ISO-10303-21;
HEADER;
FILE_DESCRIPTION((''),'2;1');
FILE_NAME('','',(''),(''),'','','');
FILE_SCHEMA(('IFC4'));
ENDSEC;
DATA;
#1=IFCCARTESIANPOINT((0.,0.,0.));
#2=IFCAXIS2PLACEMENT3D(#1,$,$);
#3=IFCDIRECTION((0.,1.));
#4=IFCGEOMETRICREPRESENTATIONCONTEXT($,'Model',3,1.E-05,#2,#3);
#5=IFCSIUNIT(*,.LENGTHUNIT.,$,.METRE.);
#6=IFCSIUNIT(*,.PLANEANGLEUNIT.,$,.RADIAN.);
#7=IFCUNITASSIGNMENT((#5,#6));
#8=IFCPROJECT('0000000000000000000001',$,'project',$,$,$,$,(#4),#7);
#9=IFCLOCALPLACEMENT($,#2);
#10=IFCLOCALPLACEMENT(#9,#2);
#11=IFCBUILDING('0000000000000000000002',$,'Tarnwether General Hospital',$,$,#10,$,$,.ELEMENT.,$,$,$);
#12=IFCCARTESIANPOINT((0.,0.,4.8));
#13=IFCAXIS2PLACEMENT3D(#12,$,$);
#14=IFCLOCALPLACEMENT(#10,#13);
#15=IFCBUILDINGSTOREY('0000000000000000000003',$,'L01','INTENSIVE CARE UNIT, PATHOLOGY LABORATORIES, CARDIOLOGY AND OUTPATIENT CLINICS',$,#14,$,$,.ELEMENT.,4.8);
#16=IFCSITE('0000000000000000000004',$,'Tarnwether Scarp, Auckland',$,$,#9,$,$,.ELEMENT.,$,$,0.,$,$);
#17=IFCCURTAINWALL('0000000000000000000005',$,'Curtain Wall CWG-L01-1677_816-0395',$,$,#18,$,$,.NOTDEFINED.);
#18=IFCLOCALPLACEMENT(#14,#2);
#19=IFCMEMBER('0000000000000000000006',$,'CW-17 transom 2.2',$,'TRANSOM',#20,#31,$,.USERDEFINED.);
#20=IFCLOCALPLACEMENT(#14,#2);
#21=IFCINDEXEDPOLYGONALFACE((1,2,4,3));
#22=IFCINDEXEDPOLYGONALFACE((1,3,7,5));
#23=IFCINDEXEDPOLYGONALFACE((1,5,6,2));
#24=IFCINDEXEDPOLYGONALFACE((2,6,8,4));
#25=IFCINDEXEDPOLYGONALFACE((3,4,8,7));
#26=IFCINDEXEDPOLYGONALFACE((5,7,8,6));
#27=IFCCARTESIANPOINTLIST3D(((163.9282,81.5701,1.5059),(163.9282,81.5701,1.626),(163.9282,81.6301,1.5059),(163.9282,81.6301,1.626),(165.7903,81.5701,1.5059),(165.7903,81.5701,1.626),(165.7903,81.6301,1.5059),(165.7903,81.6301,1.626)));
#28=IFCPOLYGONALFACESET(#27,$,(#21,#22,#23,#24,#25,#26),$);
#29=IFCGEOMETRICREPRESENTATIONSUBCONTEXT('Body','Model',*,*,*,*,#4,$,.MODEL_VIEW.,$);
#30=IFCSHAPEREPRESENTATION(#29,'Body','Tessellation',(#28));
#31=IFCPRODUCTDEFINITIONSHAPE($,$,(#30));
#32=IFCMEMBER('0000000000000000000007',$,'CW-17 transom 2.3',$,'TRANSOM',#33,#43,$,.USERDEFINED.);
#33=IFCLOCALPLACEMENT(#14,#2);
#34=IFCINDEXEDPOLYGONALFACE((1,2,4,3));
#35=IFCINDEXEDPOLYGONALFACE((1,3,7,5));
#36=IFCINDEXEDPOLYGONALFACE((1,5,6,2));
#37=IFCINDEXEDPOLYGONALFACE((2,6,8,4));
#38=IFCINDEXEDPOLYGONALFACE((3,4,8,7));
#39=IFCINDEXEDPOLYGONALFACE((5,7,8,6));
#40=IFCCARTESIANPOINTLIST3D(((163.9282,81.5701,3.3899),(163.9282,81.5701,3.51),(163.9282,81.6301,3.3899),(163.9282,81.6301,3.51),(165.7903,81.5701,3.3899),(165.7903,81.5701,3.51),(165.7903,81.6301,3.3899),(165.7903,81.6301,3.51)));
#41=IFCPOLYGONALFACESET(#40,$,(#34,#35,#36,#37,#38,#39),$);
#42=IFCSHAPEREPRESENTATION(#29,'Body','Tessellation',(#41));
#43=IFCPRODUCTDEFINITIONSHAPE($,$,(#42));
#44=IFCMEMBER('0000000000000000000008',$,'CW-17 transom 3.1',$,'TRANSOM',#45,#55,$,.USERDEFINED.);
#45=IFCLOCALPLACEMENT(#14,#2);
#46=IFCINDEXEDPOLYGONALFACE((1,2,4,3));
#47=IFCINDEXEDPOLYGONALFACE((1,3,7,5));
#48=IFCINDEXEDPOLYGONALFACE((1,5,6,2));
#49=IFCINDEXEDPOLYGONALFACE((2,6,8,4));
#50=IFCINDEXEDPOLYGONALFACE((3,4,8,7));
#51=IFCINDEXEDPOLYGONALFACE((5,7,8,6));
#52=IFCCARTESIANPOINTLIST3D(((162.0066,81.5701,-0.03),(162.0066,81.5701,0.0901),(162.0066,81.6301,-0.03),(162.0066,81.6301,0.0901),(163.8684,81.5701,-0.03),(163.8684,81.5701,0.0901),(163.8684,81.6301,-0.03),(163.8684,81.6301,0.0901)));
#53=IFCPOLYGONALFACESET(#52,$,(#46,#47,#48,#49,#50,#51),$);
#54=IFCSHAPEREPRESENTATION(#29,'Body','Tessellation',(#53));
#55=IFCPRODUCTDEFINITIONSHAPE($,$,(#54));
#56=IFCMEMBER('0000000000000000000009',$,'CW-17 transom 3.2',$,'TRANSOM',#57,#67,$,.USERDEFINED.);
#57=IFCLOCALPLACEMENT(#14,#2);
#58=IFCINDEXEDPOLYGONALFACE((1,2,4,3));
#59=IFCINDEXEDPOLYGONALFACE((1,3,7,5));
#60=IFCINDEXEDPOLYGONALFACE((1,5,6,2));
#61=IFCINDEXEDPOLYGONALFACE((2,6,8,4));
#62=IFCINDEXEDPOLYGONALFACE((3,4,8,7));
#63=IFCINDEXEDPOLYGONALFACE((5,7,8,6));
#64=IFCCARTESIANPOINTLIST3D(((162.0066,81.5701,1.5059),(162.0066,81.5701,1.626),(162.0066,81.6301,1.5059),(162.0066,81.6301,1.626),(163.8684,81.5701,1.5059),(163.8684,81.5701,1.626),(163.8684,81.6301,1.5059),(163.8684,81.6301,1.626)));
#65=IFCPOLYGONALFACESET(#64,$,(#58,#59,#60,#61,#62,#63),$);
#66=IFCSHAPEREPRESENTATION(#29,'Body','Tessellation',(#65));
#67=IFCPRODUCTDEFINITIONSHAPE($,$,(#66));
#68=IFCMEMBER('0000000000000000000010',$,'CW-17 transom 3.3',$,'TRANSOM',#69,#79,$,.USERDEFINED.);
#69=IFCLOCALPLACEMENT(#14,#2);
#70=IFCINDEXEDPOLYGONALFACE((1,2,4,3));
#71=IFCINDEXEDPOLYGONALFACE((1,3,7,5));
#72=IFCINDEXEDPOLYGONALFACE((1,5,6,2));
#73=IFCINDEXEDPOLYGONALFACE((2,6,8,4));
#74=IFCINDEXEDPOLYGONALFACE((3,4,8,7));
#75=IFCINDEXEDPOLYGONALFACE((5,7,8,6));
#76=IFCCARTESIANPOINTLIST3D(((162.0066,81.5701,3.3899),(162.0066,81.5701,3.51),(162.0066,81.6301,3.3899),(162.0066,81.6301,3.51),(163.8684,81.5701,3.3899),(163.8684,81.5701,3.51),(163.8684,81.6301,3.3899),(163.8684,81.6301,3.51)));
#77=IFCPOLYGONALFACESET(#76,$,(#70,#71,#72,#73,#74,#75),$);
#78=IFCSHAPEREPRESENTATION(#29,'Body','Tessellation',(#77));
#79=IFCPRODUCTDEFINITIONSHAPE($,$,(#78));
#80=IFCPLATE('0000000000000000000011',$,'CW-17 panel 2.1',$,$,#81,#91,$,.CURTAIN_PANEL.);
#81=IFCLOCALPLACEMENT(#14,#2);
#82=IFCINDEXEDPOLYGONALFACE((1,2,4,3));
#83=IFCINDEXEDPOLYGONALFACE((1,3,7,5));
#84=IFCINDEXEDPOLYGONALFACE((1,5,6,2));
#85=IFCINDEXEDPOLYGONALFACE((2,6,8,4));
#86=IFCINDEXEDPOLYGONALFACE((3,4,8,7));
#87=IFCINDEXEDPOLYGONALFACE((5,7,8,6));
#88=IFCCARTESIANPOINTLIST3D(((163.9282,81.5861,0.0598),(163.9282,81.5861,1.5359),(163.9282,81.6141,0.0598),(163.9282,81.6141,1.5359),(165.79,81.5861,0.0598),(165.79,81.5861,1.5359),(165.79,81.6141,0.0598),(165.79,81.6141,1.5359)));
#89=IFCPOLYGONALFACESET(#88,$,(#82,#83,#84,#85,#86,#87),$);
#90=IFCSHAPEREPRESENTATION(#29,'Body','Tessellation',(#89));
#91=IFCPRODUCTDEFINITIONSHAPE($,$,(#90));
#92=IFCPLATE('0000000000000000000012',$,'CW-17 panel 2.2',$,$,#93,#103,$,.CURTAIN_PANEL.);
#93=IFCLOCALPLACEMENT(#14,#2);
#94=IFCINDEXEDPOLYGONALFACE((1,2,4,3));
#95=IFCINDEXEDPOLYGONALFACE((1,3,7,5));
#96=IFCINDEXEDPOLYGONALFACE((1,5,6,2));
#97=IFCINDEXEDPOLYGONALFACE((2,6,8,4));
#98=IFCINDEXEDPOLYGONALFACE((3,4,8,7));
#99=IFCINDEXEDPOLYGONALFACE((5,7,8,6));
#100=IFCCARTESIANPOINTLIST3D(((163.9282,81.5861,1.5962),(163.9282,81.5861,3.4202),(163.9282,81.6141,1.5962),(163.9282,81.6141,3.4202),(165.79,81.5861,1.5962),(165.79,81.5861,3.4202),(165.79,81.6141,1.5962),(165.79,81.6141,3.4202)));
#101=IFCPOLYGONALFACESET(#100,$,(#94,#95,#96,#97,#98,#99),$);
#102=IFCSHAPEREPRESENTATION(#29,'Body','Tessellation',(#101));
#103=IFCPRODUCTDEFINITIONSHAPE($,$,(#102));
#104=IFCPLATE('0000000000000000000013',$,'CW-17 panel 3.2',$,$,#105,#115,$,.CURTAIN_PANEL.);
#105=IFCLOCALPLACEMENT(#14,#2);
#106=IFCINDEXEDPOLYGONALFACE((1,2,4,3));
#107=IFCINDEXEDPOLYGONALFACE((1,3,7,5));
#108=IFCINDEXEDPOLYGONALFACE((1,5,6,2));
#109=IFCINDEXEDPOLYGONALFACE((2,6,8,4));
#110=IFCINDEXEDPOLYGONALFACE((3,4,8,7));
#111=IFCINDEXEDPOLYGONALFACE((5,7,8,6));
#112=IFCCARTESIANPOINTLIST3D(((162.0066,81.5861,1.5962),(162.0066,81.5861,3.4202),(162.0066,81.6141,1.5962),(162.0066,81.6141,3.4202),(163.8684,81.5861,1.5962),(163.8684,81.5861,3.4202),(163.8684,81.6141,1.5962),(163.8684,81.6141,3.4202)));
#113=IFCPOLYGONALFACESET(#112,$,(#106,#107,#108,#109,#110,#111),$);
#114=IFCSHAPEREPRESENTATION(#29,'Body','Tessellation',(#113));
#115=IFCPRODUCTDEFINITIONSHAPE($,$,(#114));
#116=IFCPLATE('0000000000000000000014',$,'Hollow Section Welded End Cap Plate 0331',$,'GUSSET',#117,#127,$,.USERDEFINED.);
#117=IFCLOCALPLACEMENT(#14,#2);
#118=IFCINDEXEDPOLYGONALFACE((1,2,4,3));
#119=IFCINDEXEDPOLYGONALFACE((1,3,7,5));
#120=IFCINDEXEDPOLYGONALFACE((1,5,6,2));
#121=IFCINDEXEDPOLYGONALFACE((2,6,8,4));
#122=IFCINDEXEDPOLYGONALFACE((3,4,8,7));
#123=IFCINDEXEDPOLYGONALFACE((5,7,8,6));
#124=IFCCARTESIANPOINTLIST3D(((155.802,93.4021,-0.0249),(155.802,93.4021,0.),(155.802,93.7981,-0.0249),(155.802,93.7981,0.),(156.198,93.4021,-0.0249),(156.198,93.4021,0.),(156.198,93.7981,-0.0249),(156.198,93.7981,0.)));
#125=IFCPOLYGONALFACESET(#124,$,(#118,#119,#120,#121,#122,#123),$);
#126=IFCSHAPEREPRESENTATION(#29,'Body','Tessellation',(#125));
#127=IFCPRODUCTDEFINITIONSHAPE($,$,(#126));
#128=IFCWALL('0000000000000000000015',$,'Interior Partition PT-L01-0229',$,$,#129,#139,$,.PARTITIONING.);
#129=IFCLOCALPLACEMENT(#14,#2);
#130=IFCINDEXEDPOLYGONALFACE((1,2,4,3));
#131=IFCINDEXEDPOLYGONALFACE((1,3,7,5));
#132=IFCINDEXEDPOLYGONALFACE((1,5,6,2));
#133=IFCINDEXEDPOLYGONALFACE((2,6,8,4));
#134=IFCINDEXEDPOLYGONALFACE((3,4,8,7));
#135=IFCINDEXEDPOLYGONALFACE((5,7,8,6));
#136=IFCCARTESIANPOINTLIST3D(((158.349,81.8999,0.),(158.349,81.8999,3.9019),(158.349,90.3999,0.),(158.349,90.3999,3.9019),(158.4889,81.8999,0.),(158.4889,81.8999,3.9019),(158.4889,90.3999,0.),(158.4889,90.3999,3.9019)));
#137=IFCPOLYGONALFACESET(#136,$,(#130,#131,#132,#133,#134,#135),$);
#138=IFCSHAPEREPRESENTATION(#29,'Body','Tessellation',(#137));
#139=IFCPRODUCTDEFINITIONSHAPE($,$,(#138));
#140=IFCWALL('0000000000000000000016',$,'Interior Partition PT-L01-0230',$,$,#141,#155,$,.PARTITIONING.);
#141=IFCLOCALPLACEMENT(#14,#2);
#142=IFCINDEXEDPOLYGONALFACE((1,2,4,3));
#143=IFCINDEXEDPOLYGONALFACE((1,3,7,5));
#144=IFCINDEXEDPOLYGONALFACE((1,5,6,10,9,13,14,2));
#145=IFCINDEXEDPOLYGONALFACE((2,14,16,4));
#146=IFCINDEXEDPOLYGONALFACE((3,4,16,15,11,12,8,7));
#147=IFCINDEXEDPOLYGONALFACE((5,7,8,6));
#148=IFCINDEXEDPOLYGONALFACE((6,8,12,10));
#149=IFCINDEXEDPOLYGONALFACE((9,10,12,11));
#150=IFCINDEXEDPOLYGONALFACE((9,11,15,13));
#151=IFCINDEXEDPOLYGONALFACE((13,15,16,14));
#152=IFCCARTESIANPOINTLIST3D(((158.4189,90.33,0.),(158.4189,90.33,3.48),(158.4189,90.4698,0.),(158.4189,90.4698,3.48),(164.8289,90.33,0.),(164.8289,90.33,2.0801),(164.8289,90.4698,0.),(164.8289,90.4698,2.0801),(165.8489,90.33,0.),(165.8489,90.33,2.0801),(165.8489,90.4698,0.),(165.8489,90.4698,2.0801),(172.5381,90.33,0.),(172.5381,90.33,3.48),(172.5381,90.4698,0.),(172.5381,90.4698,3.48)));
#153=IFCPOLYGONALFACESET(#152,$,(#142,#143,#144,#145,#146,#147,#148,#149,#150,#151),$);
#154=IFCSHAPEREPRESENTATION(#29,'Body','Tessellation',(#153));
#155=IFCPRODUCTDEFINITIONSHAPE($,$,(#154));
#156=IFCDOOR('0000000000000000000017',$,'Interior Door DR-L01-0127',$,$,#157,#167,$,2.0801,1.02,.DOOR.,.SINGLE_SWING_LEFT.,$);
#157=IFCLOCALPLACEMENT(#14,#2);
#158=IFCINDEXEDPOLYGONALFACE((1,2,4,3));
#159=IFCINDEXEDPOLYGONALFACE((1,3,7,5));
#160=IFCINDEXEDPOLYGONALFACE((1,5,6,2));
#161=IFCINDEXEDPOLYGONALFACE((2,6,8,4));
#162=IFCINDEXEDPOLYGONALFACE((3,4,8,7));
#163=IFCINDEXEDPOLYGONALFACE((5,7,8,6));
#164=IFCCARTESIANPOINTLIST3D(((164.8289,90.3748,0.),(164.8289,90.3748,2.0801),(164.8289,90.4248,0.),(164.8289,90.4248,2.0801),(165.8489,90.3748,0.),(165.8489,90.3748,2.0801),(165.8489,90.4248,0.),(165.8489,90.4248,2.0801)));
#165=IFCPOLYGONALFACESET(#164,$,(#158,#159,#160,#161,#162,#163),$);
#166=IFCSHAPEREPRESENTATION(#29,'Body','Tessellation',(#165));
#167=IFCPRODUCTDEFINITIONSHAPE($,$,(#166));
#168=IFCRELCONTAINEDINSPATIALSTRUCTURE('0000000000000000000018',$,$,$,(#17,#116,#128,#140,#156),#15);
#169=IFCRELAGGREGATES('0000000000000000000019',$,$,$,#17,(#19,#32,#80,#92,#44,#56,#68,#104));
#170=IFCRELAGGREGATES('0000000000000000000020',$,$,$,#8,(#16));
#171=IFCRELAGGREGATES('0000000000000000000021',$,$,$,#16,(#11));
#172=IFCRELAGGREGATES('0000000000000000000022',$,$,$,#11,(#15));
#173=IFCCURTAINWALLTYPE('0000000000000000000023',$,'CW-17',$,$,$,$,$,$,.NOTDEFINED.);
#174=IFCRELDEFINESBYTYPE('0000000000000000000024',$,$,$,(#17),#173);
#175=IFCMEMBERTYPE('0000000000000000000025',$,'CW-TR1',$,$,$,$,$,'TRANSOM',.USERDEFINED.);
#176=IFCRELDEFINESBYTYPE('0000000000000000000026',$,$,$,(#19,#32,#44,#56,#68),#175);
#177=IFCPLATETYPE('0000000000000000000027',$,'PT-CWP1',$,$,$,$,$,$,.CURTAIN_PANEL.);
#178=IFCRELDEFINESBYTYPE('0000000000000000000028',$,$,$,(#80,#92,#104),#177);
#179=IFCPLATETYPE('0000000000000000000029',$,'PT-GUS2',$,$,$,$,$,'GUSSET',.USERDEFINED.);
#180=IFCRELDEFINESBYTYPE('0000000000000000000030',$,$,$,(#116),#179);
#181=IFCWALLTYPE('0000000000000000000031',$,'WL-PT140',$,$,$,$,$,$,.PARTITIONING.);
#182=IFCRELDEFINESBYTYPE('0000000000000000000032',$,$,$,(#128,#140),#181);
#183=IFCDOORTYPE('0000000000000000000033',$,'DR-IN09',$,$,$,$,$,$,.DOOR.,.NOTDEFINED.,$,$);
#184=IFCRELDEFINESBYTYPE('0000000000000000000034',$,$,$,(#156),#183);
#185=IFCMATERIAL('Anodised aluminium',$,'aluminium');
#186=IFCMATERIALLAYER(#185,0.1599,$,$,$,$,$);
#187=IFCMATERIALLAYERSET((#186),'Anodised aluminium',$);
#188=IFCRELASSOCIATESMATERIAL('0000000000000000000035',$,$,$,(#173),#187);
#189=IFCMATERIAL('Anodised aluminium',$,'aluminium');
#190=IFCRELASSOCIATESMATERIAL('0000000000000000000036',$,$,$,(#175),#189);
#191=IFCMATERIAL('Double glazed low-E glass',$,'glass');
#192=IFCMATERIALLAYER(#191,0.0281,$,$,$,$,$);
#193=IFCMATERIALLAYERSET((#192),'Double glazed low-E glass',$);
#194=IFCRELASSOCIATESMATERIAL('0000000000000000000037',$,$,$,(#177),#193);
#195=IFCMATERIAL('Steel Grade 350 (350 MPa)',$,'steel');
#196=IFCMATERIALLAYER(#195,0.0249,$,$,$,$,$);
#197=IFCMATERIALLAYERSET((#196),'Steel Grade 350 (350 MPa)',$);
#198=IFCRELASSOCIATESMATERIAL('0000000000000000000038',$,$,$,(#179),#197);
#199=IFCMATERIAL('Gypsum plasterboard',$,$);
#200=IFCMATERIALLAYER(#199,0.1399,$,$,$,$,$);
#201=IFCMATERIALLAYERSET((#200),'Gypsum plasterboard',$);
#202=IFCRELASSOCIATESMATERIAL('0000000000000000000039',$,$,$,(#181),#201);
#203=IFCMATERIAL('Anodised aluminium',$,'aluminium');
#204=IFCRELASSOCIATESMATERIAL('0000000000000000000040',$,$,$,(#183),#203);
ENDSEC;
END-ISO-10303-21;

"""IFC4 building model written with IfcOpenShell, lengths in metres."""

from ifc_helpers import new_model, si_unit, direction, frame, frame_2d, origin, origin_2d, place, context, subcontext, project, spatial, rectangle, extrude, material, layer, layer_set, material_profile, profile_set, type_object, element, fill, aggregate, save


model = new_model("IFC4")

# Units and contexts
model_context = context("Model", 3, precision=1e-05, world=origin(), true_north=direction((0.0, 1.0)))
body_context = subcontext(model_context, "Body", "Model", "MODEL_VIEW")
ifc_project = project(units=[si_unit("LENGTHUNIT", "METRE"), si_unit("PLANEANGLEUNIT", "RADIAN")], contexts=[model_context])

# Site, building, storey
site_placement = place(None, origin())
site = spatial("IfcSite", under=ifc_project, at=site_placement, Name="Tarnwether Scarp, Auckland", CompositionType="ELEMENT", RefElevation=0.0)
building_placement = place(site_placement, origin())
building = spatial("IfcBuilding", under=site, at=building_placement, Name="Tarnwether General Hospital", CompositionType="ELEMENT")
storey_placement = place(building_placement, frame((0.0, 0.0, 4.8)))
storey = spatial("IfcBuildingStorey", under=building, at=storey_placement, Name="L01", Description="INTENSIVE CARE UNIT, PATHOLOGY LABORATORIES, CARDIOLOGY AND OUTPATIENT CLINICS", CompositionType="ELEMENT", Elevation=4.8)

# Curtain wall, members, plates
ifc_material_1 = material(Name="Anodised aluminium", Category="aluminium")
ifc_layer_1 = layer(ifc_material_1, 0.1599)
ifc_layer_set_1 = layer_set([ifc_layer_1], Name="Anodised aluminium")
curtain_wall_type = type_object("IfcCurtainWallType", Name="CW-17", PredefinedType="NOTDEFINED", material=ifc_layer_set_1)
curtain_wall_placement = place(storey_placement, origin())
curtain_wall = element("IfcCurtainWall", 1, at=curtain_wall_placement, inside=storey, type_object=curtain_wall_type, Name="Curtain Wall CWG-L01-1677_816-0395", PredefinedType="NOTDEFINED")
ifc_material_2 = material(Name="Anodised aluminium", Category="aluminium")
ifc_material_profile_1 = material_profile(ifc_material_2, rectangle(XDim=0.0601, YDim=0.1201, at=origin_2d()), Name="ALU-TRN-60x120")
ifc_profile_set_1 = profile_set([ifc_material_profile_1], Name="Anodised aluminium")
member_type_1 = type_object("IfcMemberType", Name="CW-TR1", ElementType="TRANSOM", PredefinedType="USERDEFINED", material=ifc_profile_set_1)
member_1_placement = place(storey_placement, frame((165.7903, 81.6001, 1.5659), z_axis=(-1.0, 0.0, 0.0), x_axis=(0.0, -1.0, 0.0)))
member_1 = element("IfcMember", 2, at=member_1_placement, type_object=member_type_1, Name="CW-17 transom 2.2", ObjectType="TRANSOM", PredefinedType="USERDEFINED", context=body_context, shape_type="SweptSolid", body=[
    extrude(rectangle(XDim=0.0601, YDim=0.1201, at=origin_2d()), origin(), (0.0, 0.0, 1.0), 1.8621),
])
member_2_placement = place(storey_placement, frame((165.7903, 81.6001, 3.45), z_axis=(-1.0, 0.0, 0.0), x_axis=(0.0, -1.0, 0.0)))
member_2 = element("IfcMember", 3, at=member_2_placement, type_object=member_type_1, Name="CW-17 transom 2.3", ObjectType="TRANSOM", PredefinedType="USERDEFINED", context=body_context, shape_type="SweptSolid", body=[
    extrude(rectangle(XDim=0.0601, YDim=0.1201, at=origin_2d()), origin(), (0.0, 0.0, 1.0), 1.8621),
])
member_3_placement = place(storey_placement, frame((163.8684, 81.6001, 0.03), z_axis=(-1.0, 0.0, 0.0), x_axis=(0.0, -1.0, 0.0)))
member_3 = element("IfcMember", 4, at=member_3_placement, type_object=member_type_1, Name="CW-17 transom 3.1", ObjectType="TRANSOM", PredefinedType="USERDEFINED", context=body_context, shape_type="SweptSolid", body=[
    extrude(rectangle(XDim=0.0601, YDim=0.1201, at=origin_2d()), origin(), (0.0, 0.0, 1.0), 1.8618),
])
member_4_placement = place(storey_placement, frame((163.8684, 81.6001, 1.5659), z_axis=(-1.0, 0.0, 0.0), x_axis=(0.0, -1.0, 0.0)))
member_4 = element("IfcMember", 5, at=member_4_placement, type_object=member_type_1, Name="CW-17 transom 3.2", ObjectType="TRANSOM", PredefinedType="USERDEFINED", context=body_context, shape_type="SweptSolid", body=[
    extrude(rectangle(XDim=0.0601, YDim=0.1201, at=origin_2d()), origin(), (0.0, 0.0, 1.0), 1.8618),
])
member_5_placement = place(storey_placement, frame((163.8684, 81.6001, 3.45), z_axis=(-1.0, 0.0, 0.0), x_axis=(0.0, -1.0, 0.0)))
member_5 = element("IfcMember", 6, at=member_5_placement, type_object=member_type_1, Name="CW-17 transom 3.3", ObjectType="TRANSOM", PredefinedType="USERDEFINED", context=body_context, shape_type="SweptSolid", body=[
    extrude(rectangle(XDim=0.0601, YDim=0.1201, at=origin_2d()), origin(), (0.0, 0.0, 1.0), 1.8618),
])
ifc_material_3 = material(Name="Double glazed low-E glass", Category="glass")
ifc_layer_2 = layer(ifc_material_3, 0.0281)
ifc_layer_set_2 = layer_set([ifc_layer_2], Name="Double glazed low-E glass")
plate_type_1 = type_object("IfcPlateType", Name="PT-CWP1", PredefinedType="CURTAIN_PANEL", material=ifc_layer_set_2)
plate_1_placement = place(storey_placement, frame((164.8591, 81.6001, 0.0598), z_axis=(0.0, 0.0, 1.0), x_axis=(-1.0, 0.0, 0.0)))
plate_1 = element("IfcPlate", 7, at=plate_1_placement, type_object=plate_type_1, Name="CW-17 panel 2.1", PredefinedType="CURTAIN_PANEL", context=body_context, shape_type="SweptSolid", body=[
    extrude(rectangle(XDim=1.8618, YDim=0.0281, at=origin_2d()), origin(), (0.0, 0.0, 1.0), 1.4761),
])
plate_2_placement = place(storey_placement, frame((164.8591, 81.6001, 1.5962), z_axis=(0.0, 0.0, 1.0), x_axis=(-1.0, 0.0, 0.0)))
plate_2 = element("IfcPlate", 8, at=plate_2_placement, type_object=plate_type_1, Name="CW-17 panel 2.2", PredefinedType="CURTAIN_PANEL", context=body_context, shape_type="SweptSolid", body=[
    extrude(rectangle(XDim=1.8618, YDim=0.0281, at=origin_2d()), origin(), (0.0, 0.0, 1.0), 1.824),
])
plate_3_placement = place(storey_placement, frame((162.9375, 81.6001, 1.5962), z_axis=(0.0, 0.0, 1.0), x_axis=(-1.0, 0.0, 0.0)))
plate_3 = element("IfcPlate", 9, at=plate_3_placement, type_object=plate_type_1, Name="CW-17 panel 3.2", PredefinedType="CURTAIN_PANEL", context=body_context, shape_type="SweptSolid", body=[
    extrude(rectangle(XDim=1.8618, YDim=0.0281, at=origin_2d()), origin(), (0.0, 0.0, 1.0), 1.824),
])
aggregate(curtain_wall, [member_1, member_2, plate_1, plate_2, member_3, member_4, member_5, plate_3])

# Plate
ifc_material_4 = material(Name="Steel Grade 350 (350 MPa)", Category="steel")
ifc_layer_3 = layer(ifc_material_4, 0.0249)
ifc_layer_set_3 = layer_set([ifc_layer_3], Name="Steel Grade 350 (350 MPa)")
plate_type_2 = type_object("IfcPlateType", Name="PT-GUS2", ElementType="GUSSET", PredefinedType="USERDEFINED", material=ifc_layer_set_3)
plate_4_placement = place(storey_placement, frame((156.0, 93.6001, -0.0249), z_axis=(0.0, 0.0, 1.0), x_axis=(1.0, 0.0, 0.0)))
element("IfcPlate", 10, at=plate_4_placement, inside=storey, type_object=plate_type_2, Name="Hollow Section Welded End Cap Plate 0331", ObjectType="GUSSET", PredefinedType="USERDEFINED", context=body_context, shape_type="SweptSolid", body=[
    extrude(rectangle(XDim=0.396, YDim=0.396, at=origin_2d()), origin(), (0.0, 0.0, 1.0), 0.0249),
])

# Wall
ifc_material_5 = material(Name="Gypsum plasterboard")
ifc_layer_4 = layer(ifc_material_5, 0.1399)
ifc_layer_set_4 = layer_set([ifc_layer_4], Name="Gypsum plasterboard")
wall_type = type_object("IfcWallType", Name="WL-PT140", PredefinedType="PARTITIONING", material=ifc_layer_set_4)
wall_1_placement = place(storey_placement, frame((158.4189, 81.8999, 0.0), z_axis=(0.0, 0.0, 1.0), x_axis=(0.0, 1.0, 0.0)))
element("IfcWall", 11, at=wall_1_placement, inside=storey, type_object=wall_type, Name="Interior Partition PT-L01-0229", PredefinedType="PARTITIONING", context=body_context, shape_type="SweptSolid", body=[
    extrude(rectangle(XDim=8.5, YDim=0.1399, at=frame_2d((4.25, 0.0))), origin(), (0.0, 0.0, 1.0), 3.9019),
])

# Wall, opening, door
wall_2_placement = place(storey_placement, frame((158.4189, 90.3999, 0.0), z_axis=(0.0, 0.0, 1.0), x_axis=(1.0, 0.0, 0.0)))
wall_2 = element("IfcWall", 12, at=wall_2_placement, inside=storey, type_object=wall_type, Name="Interior Partition PT-L01-0230", PredefinedType="PARTITIONING", context=body_context, shape_type="SweptSolid", body=[
    extrude(rectangle(XDim=14.1191, YDim=0.1399, at=frame_2d((7.0596, 0.0))), origin(), (0.0, 0.0, 1.0), 3.48),
])
opening_placement = place(wall_2_placement, frame((6.4099, 0.0, 0.0)))
opening = element("IfcOpeningElement", 13, at=opening_placement, cuts=wall_2, PredefinedType="OPENING", context=body_context, shape_type="SweptSolid", body=[
    extrude(rectangle(XDim=1.02, YDim=2.0801, at=frame_2d((0.51, 1.04))), frame((0.0, 0.0801, 0.0), z_axis=(0.0, -1.0, 0.0), x_axis=(1.0, 0.0, 0.0)), (0.0, 0.0, 1.0), 0.1599),
])
ifc_material_6 = material(Name="Anodised aluminium", Category="aluminium")
door_type = type_object("IfcDoorType", Name="DR-IN09", OperationType="NOTDEFINED", PredefinedType="DOOR", material=ifc_material_6)
door_placement = place(opening_placement, origin())
door = element("IfcDoor", 14, at=door_placement, inside=storey, type_object=door_type, Name="Interior Door DR-L01-0127", OperationType="SINGLE_SWING_LEFT", OverallHeight=2.0801, OverallWidth=1.02, PredefinedType="DOOR", context=body_context, shape_type="SweptSolid", body=[
    extrude(rectangle(XDim=1.02, YDim=2.0801, at=frame_2d((0.51, 1.04))), frame((0.0, 0.0249, 0.0), z_axis=(0.0, -1.0, 0.0), x_axis=(1.0, 0.0, 0.0)), (0.0, 0.0, 1.0), 0.05),
])
fill(opening, door)

save(model, "model.ifc")
